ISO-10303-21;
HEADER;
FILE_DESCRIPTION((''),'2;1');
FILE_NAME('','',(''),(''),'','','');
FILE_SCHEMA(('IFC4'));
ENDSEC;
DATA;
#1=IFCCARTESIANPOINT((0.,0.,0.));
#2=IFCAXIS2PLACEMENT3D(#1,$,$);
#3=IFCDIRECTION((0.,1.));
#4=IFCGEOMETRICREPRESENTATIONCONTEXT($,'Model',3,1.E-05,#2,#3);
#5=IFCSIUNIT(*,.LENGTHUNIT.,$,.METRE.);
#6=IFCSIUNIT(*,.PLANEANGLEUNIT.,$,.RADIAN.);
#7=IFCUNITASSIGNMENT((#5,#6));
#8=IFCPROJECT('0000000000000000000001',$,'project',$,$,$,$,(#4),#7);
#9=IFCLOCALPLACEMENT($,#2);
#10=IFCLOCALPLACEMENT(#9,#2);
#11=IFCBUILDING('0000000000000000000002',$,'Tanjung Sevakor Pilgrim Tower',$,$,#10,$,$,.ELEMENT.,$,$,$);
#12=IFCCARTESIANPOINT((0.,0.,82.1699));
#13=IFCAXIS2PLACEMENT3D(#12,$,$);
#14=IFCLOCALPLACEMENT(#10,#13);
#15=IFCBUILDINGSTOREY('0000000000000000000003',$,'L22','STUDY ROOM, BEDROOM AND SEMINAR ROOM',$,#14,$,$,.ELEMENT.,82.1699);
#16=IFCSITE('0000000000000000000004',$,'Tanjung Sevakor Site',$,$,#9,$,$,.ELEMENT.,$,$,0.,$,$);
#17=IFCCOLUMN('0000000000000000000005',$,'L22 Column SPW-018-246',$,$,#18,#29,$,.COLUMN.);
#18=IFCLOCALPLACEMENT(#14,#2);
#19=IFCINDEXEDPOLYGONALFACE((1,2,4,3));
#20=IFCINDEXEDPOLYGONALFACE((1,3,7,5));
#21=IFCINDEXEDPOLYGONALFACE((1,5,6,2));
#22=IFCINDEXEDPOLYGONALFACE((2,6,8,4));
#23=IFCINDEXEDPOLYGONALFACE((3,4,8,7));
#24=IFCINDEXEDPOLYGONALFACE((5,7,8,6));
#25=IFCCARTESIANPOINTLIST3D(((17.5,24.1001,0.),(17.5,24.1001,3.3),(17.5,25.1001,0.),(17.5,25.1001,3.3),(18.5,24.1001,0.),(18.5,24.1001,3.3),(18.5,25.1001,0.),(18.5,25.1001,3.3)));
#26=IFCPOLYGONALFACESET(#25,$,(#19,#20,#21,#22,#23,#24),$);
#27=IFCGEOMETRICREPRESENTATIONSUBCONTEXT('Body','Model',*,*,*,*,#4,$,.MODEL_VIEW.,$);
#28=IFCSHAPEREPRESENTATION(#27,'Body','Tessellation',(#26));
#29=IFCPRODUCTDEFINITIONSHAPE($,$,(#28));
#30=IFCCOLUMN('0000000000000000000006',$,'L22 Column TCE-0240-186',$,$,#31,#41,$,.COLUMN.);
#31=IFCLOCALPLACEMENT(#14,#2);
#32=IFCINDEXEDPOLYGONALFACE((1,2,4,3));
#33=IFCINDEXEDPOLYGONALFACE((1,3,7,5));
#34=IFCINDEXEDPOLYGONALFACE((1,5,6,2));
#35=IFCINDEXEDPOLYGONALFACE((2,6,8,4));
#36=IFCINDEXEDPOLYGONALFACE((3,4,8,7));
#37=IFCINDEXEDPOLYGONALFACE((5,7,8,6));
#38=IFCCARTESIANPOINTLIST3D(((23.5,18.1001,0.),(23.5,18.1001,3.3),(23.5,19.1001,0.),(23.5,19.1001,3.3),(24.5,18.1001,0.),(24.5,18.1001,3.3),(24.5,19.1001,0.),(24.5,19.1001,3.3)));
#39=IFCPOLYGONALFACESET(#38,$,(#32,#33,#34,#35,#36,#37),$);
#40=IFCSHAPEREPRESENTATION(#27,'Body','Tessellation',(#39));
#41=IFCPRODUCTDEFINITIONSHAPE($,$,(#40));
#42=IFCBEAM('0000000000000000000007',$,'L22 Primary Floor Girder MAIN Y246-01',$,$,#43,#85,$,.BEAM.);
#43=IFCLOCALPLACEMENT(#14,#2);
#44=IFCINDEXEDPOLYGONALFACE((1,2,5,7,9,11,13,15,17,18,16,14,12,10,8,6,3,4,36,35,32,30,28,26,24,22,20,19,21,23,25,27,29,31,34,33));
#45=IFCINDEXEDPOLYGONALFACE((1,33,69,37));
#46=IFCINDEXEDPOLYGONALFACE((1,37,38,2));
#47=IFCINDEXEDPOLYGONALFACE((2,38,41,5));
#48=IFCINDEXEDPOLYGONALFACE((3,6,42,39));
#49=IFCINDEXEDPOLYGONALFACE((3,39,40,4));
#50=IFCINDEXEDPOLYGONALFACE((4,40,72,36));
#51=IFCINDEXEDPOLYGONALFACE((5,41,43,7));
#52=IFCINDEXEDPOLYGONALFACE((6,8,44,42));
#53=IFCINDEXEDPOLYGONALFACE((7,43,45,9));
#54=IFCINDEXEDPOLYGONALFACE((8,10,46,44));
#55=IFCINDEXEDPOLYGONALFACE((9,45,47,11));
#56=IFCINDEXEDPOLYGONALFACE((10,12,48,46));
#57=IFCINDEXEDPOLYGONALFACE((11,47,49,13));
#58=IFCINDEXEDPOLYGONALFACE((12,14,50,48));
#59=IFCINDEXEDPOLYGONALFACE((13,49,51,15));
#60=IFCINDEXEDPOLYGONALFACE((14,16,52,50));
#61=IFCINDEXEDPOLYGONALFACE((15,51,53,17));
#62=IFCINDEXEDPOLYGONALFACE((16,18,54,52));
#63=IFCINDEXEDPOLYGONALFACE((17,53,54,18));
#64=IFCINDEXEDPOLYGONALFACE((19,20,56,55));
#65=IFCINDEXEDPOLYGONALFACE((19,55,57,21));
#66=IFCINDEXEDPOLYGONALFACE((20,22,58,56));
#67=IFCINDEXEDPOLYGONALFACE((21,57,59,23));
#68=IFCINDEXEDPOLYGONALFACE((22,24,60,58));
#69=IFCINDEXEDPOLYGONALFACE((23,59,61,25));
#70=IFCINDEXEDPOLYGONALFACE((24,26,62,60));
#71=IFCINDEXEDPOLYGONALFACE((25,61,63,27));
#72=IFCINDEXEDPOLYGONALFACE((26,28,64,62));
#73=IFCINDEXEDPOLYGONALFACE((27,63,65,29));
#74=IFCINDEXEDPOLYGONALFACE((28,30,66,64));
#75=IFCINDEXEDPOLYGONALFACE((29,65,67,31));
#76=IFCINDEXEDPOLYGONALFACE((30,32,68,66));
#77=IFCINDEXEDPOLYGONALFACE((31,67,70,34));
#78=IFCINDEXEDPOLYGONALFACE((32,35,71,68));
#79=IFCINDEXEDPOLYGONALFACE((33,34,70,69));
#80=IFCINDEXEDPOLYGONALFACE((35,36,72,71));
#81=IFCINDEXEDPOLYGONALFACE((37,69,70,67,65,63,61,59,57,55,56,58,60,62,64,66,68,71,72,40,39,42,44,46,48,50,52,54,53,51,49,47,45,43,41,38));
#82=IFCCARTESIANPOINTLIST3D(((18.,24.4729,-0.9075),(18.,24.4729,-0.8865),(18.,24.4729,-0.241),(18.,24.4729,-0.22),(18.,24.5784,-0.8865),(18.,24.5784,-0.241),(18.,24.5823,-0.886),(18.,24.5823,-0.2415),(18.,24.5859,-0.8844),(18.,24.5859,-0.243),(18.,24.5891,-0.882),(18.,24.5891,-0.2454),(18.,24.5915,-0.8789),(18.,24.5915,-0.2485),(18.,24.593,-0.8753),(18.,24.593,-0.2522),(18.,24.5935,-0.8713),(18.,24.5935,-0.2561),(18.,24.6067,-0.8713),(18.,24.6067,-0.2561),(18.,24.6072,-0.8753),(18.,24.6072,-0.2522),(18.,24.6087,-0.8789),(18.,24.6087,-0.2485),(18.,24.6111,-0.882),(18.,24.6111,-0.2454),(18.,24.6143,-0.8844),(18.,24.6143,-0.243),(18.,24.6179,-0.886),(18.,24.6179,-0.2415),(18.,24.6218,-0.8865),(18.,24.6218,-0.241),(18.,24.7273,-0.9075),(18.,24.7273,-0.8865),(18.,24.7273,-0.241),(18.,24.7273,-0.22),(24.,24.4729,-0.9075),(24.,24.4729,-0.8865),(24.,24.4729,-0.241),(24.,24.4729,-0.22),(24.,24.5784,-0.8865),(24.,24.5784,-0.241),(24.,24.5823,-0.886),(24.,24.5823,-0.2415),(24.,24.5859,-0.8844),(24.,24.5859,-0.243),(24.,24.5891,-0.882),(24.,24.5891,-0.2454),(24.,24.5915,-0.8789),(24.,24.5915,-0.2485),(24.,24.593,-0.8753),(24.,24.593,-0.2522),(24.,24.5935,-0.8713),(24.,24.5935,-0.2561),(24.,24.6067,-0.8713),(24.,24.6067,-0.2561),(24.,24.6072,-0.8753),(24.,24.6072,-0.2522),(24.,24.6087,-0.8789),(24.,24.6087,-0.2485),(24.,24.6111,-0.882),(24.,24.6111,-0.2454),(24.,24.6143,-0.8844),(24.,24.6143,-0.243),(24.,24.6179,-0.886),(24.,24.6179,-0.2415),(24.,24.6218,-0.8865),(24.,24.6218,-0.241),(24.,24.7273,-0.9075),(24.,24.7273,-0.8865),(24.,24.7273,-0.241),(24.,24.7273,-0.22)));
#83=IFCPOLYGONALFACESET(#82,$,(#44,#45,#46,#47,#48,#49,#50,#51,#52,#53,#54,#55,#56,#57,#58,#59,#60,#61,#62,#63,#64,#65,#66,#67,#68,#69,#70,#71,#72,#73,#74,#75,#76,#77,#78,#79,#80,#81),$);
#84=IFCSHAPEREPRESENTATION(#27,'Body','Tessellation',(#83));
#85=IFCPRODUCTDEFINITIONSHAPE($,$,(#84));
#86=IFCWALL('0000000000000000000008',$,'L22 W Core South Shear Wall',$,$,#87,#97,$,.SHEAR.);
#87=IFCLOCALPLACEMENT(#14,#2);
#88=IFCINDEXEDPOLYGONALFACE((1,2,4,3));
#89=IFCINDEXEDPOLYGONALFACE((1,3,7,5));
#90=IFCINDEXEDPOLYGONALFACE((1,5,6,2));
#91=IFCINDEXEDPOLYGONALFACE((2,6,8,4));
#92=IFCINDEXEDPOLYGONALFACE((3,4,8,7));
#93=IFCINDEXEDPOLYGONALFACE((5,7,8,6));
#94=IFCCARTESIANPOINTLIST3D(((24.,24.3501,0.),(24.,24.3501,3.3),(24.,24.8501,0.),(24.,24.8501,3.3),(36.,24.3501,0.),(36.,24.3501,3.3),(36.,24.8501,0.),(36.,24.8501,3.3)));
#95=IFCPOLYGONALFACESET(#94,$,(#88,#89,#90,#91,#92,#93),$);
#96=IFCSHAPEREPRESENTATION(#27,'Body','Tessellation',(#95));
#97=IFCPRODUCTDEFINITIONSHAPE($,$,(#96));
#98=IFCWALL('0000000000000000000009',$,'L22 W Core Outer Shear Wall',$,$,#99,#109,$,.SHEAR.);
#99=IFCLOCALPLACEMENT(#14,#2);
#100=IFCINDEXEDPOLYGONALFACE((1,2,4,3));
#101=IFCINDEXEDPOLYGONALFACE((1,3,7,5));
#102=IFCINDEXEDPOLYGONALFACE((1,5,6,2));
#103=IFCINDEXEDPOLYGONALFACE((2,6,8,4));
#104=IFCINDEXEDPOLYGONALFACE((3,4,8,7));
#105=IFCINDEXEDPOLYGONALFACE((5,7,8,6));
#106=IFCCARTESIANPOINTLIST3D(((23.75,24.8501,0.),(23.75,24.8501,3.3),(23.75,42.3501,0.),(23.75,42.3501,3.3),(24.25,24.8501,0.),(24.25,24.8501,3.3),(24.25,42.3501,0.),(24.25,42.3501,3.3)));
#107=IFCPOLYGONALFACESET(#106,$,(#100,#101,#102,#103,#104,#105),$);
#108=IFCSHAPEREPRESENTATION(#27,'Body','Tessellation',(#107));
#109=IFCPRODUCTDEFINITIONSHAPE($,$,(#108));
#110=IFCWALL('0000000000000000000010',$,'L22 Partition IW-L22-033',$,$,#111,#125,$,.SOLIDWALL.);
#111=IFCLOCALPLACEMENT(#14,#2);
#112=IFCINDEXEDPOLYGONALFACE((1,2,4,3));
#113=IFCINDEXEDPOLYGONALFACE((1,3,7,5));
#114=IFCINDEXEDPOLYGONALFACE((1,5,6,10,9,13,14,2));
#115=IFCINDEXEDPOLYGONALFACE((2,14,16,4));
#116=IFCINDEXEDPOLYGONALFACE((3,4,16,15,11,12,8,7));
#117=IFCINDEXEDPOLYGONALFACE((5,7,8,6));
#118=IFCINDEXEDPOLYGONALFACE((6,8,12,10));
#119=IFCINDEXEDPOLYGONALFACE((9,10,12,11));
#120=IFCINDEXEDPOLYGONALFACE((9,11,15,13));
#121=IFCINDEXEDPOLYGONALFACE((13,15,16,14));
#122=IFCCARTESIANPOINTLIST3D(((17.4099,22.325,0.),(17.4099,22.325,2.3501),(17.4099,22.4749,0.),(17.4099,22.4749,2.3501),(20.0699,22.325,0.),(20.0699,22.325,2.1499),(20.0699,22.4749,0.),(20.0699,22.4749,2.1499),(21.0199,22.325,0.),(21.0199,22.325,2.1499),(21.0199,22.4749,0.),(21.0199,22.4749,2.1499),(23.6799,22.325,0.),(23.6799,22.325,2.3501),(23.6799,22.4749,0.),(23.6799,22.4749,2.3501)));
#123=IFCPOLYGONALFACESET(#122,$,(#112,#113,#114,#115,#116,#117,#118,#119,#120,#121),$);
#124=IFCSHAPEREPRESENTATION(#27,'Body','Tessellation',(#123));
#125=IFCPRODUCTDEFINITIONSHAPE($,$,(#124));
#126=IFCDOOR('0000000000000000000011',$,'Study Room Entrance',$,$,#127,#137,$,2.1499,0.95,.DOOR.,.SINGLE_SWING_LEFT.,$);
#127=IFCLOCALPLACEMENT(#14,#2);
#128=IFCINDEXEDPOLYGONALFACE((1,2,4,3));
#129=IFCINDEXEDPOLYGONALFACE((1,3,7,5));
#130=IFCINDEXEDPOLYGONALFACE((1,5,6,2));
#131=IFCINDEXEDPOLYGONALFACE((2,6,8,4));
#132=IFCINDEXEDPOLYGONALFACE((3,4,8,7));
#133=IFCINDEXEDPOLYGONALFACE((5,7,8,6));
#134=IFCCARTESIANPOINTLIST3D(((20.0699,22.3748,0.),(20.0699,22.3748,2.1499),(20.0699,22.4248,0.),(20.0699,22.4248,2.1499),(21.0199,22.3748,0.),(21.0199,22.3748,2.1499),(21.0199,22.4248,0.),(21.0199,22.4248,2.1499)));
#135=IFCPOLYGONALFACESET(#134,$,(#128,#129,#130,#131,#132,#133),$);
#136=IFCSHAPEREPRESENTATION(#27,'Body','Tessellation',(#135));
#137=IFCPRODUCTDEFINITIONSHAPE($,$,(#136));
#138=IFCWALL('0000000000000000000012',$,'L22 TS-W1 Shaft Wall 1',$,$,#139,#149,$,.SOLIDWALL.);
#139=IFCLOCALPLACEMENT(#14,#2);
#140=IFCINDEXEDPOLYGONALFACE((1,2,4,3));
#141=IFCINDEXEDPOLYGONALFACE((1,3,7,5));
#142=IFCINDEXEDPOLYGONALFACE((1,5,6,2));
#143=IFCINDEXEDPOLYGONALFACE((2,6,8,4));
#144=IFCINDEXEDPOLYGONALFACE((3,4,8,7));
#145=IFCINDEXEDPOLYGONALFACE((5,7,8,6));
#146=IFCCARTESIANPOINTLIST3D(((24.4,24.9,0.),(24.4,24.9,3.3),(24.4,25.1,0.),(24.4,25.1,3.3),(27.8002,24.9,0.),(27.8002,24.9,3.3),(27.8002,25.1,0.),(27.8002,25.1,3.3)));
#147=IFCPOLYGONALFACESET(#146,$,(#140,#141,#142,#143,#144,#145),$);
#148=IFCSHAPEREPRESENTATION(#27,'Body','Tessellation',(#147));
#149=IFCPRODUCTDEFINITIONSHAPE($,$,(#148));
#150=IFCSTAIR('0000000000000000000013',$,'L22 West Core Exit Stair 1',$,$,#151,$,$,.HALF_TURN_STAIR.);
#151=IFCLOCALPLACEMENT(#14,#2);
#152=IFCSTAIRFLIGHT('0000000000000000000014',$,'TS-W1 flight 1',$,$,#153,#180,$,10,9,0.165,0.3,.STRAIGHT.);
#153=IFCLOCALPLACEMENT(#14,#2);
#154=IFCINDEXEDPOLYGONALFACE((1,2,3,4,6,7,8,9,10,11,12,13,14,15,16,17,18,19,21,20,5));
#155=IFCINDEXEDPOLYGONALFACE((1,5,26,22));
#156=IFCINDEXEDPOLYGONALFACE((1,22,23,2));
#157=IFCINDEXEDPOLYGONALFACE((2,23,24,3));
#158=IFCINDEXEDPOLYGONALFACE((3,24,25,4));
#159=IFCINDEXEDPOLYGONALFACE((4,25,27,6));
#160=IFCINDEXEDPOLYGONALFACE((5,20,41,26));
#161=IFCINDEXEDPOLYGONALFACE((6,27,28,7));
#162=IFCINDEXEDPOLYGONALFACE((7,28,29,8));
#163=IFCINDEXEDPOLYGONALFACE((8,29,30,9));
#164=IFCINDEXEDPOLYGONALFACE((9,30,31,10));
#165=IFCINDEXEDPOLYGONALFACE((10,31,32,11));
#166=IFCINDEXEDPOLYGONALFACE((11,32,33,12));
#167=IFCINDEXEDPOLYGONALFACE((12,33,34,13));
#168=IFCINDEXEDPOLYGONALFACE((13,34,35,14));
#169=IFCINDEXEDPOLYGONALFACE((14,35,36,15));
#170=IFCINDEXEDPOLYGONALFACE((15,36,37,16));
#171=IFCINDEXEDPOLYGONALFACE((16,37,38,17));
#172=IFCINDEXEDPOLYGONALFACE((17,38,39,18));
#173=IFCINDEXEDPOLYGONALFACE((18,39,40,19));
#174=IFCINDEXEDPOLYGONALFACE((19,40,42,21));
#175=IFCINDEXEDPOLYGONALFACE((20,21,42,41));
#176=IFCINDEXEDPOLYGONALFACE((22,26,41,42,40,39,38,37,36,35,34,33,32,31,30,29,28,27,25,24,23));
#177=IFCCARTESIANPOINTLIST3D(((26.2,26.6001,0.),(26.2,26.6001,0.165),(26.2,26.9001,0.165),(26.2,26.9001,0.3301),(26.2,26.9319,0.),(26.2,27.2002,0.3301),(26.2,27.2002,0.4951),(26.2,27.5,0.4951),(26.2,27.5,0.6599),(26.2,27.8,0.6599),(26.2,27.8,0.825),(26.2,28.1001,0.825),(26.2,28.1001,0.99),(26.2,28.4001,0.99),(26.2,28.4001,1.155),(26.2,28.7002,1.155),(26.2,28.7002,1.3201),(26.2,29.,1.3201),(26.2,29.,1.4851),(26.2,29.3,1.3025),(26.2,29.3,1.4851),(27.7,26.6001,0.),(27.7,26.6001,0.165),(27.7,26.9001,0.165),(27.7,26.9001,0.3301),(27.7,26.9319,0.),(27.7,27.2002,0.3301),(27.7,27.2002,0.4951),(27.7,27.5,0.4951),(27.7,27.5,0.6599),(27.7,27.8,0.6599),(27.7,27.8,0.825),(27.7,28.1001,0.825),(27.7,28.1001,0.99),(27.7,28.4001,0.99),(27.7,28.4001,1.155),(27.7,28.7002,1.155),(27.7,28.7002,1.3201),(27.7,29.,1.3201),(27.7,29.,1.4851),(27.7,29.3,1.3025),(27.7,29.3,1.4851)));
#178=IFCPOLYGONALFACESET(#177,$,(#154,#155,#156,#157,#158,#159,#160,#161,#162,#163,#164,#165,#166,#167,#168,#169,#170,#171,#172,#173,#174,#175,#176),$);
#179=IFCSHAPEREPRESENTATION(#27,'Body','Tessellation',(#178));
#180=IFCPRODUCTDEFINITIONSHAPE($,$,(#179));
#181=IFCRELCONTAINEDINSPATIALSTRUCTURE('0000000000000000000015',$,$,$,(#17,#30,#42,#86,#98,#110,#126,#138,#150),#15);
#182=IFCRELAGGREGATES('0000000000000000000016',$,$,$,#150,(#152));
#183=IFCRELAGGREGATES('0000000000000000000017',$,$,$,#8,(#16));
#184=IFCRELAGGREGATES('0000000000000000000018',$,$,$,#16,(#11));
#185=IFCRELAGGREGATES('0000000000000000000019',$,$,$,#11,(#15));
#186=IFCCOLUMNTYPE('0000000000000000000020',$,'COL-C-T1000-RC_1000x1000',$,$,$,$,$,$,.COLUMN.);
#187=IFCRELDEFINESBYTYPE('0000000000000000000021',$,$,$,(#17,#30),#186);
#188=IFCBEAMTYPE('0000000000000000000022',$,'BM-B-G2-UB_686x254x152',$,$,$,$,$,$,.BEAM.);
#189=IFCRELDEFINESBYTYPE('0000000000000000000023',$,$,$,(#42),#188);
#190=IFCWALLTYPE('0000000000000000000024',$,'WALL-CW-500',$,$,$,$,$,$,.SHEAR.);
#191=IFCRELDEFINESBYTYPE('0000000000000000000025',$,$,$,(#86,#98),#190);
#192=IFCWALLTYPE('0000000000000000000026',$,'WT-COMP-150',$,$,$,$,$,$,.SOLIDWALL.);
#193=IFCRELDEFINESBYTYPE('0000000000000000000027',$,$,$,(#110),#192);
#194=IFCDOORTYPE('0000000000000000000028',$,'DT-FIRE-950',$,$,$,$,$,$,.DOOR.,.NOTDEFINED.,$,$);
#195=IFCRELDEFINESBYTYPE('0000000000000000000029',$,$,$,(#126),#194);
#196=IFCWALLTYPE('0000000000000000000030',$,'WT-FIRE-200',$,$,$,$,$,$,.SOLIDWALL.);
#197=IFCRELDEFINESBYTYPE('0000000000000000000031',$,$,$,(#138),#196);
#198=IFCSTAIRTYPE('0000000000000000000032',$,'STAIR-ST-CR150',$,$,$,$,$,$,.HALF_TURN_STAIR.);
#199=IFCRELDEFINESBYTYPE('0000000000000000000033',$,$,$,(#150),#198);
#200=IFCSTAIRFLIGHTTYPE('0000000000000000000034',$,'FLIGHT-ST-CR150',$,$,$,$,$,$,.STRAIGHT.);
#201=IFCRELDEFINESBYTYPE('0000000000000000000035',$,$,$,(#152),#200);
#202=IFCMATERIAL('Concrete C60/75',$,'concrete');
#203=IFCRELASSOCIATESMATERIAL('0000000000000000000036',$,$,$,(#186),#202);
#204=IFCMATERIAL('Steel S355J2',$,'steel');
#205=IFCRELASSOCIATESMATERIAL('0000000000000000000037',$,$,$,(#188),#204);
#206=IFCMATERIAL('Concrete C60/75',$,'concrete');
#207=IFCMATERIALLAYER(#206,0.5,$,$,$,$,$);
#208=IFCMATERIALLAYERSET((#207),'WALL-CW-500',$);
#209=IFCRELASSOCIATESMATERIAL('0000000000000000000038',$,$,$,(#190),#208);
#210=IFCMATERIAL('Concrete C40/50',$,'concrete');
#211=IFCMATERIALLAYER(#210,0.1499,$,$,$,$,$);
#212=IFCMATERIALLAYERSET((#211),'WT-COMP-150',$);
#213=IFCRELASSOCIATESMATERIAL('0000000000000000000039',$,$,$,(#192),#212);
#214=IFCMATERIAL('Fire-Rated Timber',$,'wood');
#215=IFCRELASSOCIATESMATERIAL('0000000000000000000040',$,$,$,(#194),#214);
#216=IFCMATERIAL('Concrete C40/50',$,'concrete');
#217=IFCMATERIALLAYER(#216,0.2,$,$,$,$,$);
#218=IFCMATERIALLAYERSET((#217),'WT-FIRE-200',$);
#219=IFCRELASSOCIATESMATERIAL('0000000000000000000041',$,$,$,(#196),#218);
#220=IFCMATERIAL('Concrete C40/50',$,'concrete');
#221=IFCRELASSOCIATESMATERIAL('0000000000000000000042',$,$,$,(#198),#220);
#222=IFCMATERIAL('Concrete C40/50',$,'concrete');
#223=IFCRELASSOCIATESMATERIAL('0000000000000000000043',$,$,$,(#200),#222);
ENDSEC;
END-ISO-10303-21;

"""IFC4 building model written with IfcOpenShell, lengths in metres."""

from ifc_helpers import new_model, si_unit, direction, frame, frame_2d, origin, origin_2d, place, context, subcontext, project, spatial, polyline, rectangle, i_section, outline, extrude, material, layer, layer_set, material_profile, profile_set, type_object, element, fill, aggregate, save


model = new_model("IFC4")

# Units and contexts
model_context = context("Model", 3, precision=1e-05, world=origin(), true_north=direction((0.0, 1.0)))
body_context = subcontext(model_context, "Body", "Model", "MODEL_VIEW")
ifc_project = project(units=[si_unit("LENGTHUNIT", "METRE"), si_unit("PLANEANGLEUNIT", "RADIAN")], contexts=[model_context])

# Site, building, storey
site_placement = place(None, origin())
site = spatial("IfcSite", under=ifc_project, at=site_placement, Name="Tanjung Sevakor Site", CompositionType="ELEMENT", RefElevation=0.0)
building_placement = place(site_placement, origin())
building = spatial("IfcBuilding", under=site, at=building_placement, Name="Tanjung Sevakor Pilgrim Tower", CompositionType="ELEMENT")
storey_placement = place(building_placement, frame((0.0, 0.0, 82.1699)))
storey = spatial("IfcBuildingStorey", under=building, at=storey_placement, Name="L22", Description="STUDY ROOM, BEDROOM AND SEMINAR ROOM", CompositionType="ELEMENT", Elevation=82.1699)

# Columns
ifc_material_1 = material(Name="Concrete C60/75", Category="concrete")
ifc_material_profile_1 = material_profile(ifc_material_1, rectangle(XDim=1.0, YDim=1.0, at=origin_2d()))
ifc_profile_set_1 = profile_set([ifc_material_profile_1], Name="Concrete C60/75")
column_type = type_object("IfcColumnType", Name="COL-C-T1000-RC_1000x1000", PredefinedType="COLUMN", material=ifc_profile_set_1)
for number, where, z_axis, x_axis, name in (
    (1, (18.0, 24.6001, 0.0), (0.0, 0.0, 1.0), (1.0, 0.0, 0.0), "L22 Column SPW-018-246"),
    (2, (24.0, 18.6001, 0.0), (0.0, 0.0, 1.0), (1.0, 0.0, 0.0), "L22 Column TCE-0240-186"),
):
    element("IfcColumn", number, at=place(storey_placement, frame(where, z_axis=z_axis, x_axis=x_axis)), inside=storey, type_object=column_type, Name=name, PredefinedType="COLUMN", context=body_context, shape_type="SweptSolid", body=[
        extrude(rectangle(XDim=1.0, YDim=1.0, at=origin_2d()), origin(), (0.0, 0.0, 1.0), 3.3),
    ])

# Beam
ifc_material_2 = material(Name="Steel S355J2", Category="steel")
ifc_material_profile_2 = material_profile(ifc_material_2, i_section(OverallWidth=0.2544, OverallDepth=0.6875, WebThickness=0.0132, FlangeThickness=0.021, FilletRadius=0.0151, at=origin_2d()))
ifc_profile_set_2 = profile_set([ifc_material_profile_2], Name="Steel S355J2")
beam_type = type_object("IfcBeamType", Name="BM-B-G2-UB_686x254x152", PredefinedType="BEAM", material=ifc_profile_set_2)
beam_placement = place(storey_placement, frame((18.0, 24.6001, -0.5637), z_axis=(1.0, 0.0, 0.0), x_axis=(0.0, 1.0, 0.0)))
element("IfcBeam", 3, at=beam_placement, inside=storey, type_object=beam_type, Name="L22 Primary Floor Girder MAIN Y246-01", PredefinedType="BEAM", context=body_context, shape_type="SweptSolid", body=[
    extrude(i_section(OverallWidth=0.2544, OverallDepth=0.6875, WebThickness=0.0132, FlangeThickness=0.021, FilletRadius=0.0151, at=origin_2d()), origin(), (0.0, 0.0, 1.0), 6.0),
])

# Walls
ifc_material_3 = material(Name="Concrete C60/75", Category="concrete")
ifc_layer_1 = layer(ifc_material_3, 0.5)
ifc_layer_set_1 = layer_set([ifc_layer_1], Name="WALL-CW-500")
wall_type_1 = type_object("IfcWallType", Name="WALL-CW-500", PredefinedType="SHEAR", material=ifc_layer_set_1)
wall_1_placement = place(storey_placement, frame((24.0, 24.6001, 0.0), z_axis=(0.0, 0.0, 1.0), x_axis=(1.0, 0.0, 0.0)))
element("IfcWall", 4, at=wall_1_placement, inside=storey, type_object=wall_type_1, Name="L22 W Core South Shear Wall", PredefinedType="SHEAR", context=body_context, shape_type="SweptSolid", body=[
    extrude(rectangle(XDim=12.0, YDim=0.5, at=frame_2d((6.0, 0.0))), origin(), (0.0, 0.0, 1.0), 3.3),
])
wall_2_placement = place(storey_placement, frame((24.0, 24.8501, 0.0), z_axis=(0.0, 0.0, 1.0), x_axis=(0.0, 1.0, 0.0)))
element("IfcWall", 5, at=wall_2_placement, inside=storey, type_object=wall_type_1, Name="L22 W Core Outer Shear Wall", PredefinedType="SHEAR", context=body_context, shape_type="SweptSolid", body=[
    extrude(rectangle(XDim=17.5, YDim=0.5, at=frame_2d((8.75, 0.0))), origin(), (0.0, 0.0, 1.0), 3.3),
])

# Wall, opening, door
ifc_material_4 = material(Name="Concrete C40/50", Category="concrete")
ifc_layer_2 = layer(ifc_material_4, 0.1499)
ifc_layer_set_2 = layer_set([ifc_layer_2], Name="WT-COMP-150")
wall_type_2 = type_object("IfcWallType", Name="WT-COMP-150", PredefinedType="SOLIDWALL", material=ifc_layer_set_2)
wall_3_placement = place(storey_placement, frame((17.4099, 22.3999, 0.0), z_axis=(0.0, 0.0, 1.0), x_axis=(1.0, 0.0, 0.0)))
wall_3 = element("IfcWall", 6, at=wall_3_placement, inside=storey, type_object=wall_type_2, Name="L22 Partition IW-L22-033", PredefinedType="SOLIDWALL", context=body_context, shape_type="SweptSolid", body=[
    extrude(rectangle(XDim=6.27, YDim=0.1499, at=frame_2d((3.135, 0.0))), origin(), (0.0, 0.0, 1.0), 2.3501),
])
opening_1_placement = place(wall_3_placement, frame((2.6599, 0.0, 0.0)))
opening_1 = element("IfcOpeningElement", 7, at=opening_1_placement, cuts=wall_3, PredefinedType="OPENING", context=body_context, shape_type="SweptSolid", body=[
    extrude(rectangle(XDim=0.95, YDim=2.1499, at=frame_2d((0.4751, 1.075))), frame((0.0, 0.085, 0.0), z_axis=(0.0, -1.0, 0.0), x_axis=(1.0, 0.0, 0.0)), (0.0, 0.0, 1.0), 0.1699),
])
ifc_material_5 = material(Name="Fire-Rated Timber", Category="wood")
door_type_1 = type_object("IfcDoorType", Name="DT-FIRE-950", OperationType="NOTDEFINED", PredefinedType="DOOR", material=ifc_material_5)
door_1_placement = place(opening_1_placement, origin())
door_1 = element("IfcDoor", 8, at=door_1_placement, inside=storey, type_object=door_type_1, Name="Study Room Entrance", OperationType="SINGLE_SWING_LEFT", OverallHeight=2.1499, OverallWidth=0.95, PredefinedType="DOOR", context=body_context, shape_type="SweptSolid", body=[
    extrude(rectangle(XDim=0.95, YDim=2.1499, at=frame_2d((0.4751, 1.075))), frame((0.0, 0.0249, 0.0), z_axis=(0.0, -1.0, 0.0), x_axis=(1.0, 0.0, 0.0)), (0.0, 0.0, 1.0), 0.05),
])
fill(opening_1, door_1)

# Wall
ifc_material_6 = material(Name="Concrete C40/50", Category="concrete")
ifc_layer_3 = layer(ifc_material_6, 0.2)
ifc_layer_set_3 = layer_set([ifc_layer_3], Name="WT-FIRE-200")
wall_type_3 = type_object("IfcWallType", Name="WT-FIRE-200", PredefinedType="SOLIDWALL", material=ifc_layer_set_3)
wall_4_placement = place(storey_placement, frame((24.3999, 25.0, 0.0), z_axis=(0.0, 0.0, 1.0), x_axis=(1.0, 0.0, 0.0)))
element("IfcWall", 9, at=wall_4_placement, inside=storey, type_object=wall_type_3, Name="L22 TS-W1 Shaft Wall 1", PredefinedType="SOLIDWALL", context=body_context, shape_type="SweptSolid", body=[
    extrude(rectangle(XDim=3.4001, YDim=0.2, at=frame_2d((1.7002, 0.0))), origin(), (0.0, 0.0, 1.0), 3.3),
])

# Stair, stair flight
ifc_material_7 = material(Name="Concrete C40/50", Category="concrete")
stair_type = type_object("IfcStairType", Name="STAIR-ST-CR150", PredefinedType="HALF_TURN_STAIR", material=ifc_material_7)
stair_placement = place(storey_placement, origin())
stair = element("IfcStair", 10, at=stair_placement, inside=storey, type_object=stair_type, Name="L22 West Core Exit Stair 1", PredefinedType="HALF_TURN_STAIR")
ifc_material_8 = material(Name="Concrete C40/50", Category="concrete")
stair_flight_type = type_object("IfcStairFlightType", Name="FLIGHT-ST-CR150", PredefinedType="STRAIGHT", material=ifc_material_8)
stair_flight_placement = place(storey_placement, frame((26.95, 26.6001, 0.0), z_axis=(0.0, 0.0, 1.0), x_axis=(0.0, 1.0, 0.0)))
stair_flight = element("IfcStairFlight", 11, at=stair_flight_placement, type_object=stair_flight_type, Name="TS-W1 flight 1", NumberOfRisers=10, NumberOfTreads=9, PredefinedType="STRAIGHT", RiserHeight=0.165, TreadLength=0.3, context=body_context, shape_type="SweptSolid", body=[
    extrude(outline(polyline([(0.0, 0.0), (0.0, 0.165), (0.3, 0.165), (0.3, 0.3301), (0.6001, 0.3301), (0.6001, 0.4951), (0.8999, 0.4951), (0.8999, 0.6599), (1.2, 0.6599), (1.2, 0.825), (1.5, 0.825), (1.5, 0.99), (1.8, 0.99), (1.8, 1.155), (2.1001, 1.155), (2.1001, 1.3201), (2.3999, 1.3201), (2.3999, 1.4851), (2.7, 1.4851), (2.7, 1.6499), (2.7, 1.3025), (0.3318, 0.0), (0.0, 0.0)])), frame((0.0, 0.75, 0.0), z_axis=(0.0, -1.0, 0.0), x_axis=(1.0, 0.0, 0.0)), (0.0, 0.0, 1.0), 1.5),
])
aggregate(stair, [stair_flight])

save(model, "model.ifc")
